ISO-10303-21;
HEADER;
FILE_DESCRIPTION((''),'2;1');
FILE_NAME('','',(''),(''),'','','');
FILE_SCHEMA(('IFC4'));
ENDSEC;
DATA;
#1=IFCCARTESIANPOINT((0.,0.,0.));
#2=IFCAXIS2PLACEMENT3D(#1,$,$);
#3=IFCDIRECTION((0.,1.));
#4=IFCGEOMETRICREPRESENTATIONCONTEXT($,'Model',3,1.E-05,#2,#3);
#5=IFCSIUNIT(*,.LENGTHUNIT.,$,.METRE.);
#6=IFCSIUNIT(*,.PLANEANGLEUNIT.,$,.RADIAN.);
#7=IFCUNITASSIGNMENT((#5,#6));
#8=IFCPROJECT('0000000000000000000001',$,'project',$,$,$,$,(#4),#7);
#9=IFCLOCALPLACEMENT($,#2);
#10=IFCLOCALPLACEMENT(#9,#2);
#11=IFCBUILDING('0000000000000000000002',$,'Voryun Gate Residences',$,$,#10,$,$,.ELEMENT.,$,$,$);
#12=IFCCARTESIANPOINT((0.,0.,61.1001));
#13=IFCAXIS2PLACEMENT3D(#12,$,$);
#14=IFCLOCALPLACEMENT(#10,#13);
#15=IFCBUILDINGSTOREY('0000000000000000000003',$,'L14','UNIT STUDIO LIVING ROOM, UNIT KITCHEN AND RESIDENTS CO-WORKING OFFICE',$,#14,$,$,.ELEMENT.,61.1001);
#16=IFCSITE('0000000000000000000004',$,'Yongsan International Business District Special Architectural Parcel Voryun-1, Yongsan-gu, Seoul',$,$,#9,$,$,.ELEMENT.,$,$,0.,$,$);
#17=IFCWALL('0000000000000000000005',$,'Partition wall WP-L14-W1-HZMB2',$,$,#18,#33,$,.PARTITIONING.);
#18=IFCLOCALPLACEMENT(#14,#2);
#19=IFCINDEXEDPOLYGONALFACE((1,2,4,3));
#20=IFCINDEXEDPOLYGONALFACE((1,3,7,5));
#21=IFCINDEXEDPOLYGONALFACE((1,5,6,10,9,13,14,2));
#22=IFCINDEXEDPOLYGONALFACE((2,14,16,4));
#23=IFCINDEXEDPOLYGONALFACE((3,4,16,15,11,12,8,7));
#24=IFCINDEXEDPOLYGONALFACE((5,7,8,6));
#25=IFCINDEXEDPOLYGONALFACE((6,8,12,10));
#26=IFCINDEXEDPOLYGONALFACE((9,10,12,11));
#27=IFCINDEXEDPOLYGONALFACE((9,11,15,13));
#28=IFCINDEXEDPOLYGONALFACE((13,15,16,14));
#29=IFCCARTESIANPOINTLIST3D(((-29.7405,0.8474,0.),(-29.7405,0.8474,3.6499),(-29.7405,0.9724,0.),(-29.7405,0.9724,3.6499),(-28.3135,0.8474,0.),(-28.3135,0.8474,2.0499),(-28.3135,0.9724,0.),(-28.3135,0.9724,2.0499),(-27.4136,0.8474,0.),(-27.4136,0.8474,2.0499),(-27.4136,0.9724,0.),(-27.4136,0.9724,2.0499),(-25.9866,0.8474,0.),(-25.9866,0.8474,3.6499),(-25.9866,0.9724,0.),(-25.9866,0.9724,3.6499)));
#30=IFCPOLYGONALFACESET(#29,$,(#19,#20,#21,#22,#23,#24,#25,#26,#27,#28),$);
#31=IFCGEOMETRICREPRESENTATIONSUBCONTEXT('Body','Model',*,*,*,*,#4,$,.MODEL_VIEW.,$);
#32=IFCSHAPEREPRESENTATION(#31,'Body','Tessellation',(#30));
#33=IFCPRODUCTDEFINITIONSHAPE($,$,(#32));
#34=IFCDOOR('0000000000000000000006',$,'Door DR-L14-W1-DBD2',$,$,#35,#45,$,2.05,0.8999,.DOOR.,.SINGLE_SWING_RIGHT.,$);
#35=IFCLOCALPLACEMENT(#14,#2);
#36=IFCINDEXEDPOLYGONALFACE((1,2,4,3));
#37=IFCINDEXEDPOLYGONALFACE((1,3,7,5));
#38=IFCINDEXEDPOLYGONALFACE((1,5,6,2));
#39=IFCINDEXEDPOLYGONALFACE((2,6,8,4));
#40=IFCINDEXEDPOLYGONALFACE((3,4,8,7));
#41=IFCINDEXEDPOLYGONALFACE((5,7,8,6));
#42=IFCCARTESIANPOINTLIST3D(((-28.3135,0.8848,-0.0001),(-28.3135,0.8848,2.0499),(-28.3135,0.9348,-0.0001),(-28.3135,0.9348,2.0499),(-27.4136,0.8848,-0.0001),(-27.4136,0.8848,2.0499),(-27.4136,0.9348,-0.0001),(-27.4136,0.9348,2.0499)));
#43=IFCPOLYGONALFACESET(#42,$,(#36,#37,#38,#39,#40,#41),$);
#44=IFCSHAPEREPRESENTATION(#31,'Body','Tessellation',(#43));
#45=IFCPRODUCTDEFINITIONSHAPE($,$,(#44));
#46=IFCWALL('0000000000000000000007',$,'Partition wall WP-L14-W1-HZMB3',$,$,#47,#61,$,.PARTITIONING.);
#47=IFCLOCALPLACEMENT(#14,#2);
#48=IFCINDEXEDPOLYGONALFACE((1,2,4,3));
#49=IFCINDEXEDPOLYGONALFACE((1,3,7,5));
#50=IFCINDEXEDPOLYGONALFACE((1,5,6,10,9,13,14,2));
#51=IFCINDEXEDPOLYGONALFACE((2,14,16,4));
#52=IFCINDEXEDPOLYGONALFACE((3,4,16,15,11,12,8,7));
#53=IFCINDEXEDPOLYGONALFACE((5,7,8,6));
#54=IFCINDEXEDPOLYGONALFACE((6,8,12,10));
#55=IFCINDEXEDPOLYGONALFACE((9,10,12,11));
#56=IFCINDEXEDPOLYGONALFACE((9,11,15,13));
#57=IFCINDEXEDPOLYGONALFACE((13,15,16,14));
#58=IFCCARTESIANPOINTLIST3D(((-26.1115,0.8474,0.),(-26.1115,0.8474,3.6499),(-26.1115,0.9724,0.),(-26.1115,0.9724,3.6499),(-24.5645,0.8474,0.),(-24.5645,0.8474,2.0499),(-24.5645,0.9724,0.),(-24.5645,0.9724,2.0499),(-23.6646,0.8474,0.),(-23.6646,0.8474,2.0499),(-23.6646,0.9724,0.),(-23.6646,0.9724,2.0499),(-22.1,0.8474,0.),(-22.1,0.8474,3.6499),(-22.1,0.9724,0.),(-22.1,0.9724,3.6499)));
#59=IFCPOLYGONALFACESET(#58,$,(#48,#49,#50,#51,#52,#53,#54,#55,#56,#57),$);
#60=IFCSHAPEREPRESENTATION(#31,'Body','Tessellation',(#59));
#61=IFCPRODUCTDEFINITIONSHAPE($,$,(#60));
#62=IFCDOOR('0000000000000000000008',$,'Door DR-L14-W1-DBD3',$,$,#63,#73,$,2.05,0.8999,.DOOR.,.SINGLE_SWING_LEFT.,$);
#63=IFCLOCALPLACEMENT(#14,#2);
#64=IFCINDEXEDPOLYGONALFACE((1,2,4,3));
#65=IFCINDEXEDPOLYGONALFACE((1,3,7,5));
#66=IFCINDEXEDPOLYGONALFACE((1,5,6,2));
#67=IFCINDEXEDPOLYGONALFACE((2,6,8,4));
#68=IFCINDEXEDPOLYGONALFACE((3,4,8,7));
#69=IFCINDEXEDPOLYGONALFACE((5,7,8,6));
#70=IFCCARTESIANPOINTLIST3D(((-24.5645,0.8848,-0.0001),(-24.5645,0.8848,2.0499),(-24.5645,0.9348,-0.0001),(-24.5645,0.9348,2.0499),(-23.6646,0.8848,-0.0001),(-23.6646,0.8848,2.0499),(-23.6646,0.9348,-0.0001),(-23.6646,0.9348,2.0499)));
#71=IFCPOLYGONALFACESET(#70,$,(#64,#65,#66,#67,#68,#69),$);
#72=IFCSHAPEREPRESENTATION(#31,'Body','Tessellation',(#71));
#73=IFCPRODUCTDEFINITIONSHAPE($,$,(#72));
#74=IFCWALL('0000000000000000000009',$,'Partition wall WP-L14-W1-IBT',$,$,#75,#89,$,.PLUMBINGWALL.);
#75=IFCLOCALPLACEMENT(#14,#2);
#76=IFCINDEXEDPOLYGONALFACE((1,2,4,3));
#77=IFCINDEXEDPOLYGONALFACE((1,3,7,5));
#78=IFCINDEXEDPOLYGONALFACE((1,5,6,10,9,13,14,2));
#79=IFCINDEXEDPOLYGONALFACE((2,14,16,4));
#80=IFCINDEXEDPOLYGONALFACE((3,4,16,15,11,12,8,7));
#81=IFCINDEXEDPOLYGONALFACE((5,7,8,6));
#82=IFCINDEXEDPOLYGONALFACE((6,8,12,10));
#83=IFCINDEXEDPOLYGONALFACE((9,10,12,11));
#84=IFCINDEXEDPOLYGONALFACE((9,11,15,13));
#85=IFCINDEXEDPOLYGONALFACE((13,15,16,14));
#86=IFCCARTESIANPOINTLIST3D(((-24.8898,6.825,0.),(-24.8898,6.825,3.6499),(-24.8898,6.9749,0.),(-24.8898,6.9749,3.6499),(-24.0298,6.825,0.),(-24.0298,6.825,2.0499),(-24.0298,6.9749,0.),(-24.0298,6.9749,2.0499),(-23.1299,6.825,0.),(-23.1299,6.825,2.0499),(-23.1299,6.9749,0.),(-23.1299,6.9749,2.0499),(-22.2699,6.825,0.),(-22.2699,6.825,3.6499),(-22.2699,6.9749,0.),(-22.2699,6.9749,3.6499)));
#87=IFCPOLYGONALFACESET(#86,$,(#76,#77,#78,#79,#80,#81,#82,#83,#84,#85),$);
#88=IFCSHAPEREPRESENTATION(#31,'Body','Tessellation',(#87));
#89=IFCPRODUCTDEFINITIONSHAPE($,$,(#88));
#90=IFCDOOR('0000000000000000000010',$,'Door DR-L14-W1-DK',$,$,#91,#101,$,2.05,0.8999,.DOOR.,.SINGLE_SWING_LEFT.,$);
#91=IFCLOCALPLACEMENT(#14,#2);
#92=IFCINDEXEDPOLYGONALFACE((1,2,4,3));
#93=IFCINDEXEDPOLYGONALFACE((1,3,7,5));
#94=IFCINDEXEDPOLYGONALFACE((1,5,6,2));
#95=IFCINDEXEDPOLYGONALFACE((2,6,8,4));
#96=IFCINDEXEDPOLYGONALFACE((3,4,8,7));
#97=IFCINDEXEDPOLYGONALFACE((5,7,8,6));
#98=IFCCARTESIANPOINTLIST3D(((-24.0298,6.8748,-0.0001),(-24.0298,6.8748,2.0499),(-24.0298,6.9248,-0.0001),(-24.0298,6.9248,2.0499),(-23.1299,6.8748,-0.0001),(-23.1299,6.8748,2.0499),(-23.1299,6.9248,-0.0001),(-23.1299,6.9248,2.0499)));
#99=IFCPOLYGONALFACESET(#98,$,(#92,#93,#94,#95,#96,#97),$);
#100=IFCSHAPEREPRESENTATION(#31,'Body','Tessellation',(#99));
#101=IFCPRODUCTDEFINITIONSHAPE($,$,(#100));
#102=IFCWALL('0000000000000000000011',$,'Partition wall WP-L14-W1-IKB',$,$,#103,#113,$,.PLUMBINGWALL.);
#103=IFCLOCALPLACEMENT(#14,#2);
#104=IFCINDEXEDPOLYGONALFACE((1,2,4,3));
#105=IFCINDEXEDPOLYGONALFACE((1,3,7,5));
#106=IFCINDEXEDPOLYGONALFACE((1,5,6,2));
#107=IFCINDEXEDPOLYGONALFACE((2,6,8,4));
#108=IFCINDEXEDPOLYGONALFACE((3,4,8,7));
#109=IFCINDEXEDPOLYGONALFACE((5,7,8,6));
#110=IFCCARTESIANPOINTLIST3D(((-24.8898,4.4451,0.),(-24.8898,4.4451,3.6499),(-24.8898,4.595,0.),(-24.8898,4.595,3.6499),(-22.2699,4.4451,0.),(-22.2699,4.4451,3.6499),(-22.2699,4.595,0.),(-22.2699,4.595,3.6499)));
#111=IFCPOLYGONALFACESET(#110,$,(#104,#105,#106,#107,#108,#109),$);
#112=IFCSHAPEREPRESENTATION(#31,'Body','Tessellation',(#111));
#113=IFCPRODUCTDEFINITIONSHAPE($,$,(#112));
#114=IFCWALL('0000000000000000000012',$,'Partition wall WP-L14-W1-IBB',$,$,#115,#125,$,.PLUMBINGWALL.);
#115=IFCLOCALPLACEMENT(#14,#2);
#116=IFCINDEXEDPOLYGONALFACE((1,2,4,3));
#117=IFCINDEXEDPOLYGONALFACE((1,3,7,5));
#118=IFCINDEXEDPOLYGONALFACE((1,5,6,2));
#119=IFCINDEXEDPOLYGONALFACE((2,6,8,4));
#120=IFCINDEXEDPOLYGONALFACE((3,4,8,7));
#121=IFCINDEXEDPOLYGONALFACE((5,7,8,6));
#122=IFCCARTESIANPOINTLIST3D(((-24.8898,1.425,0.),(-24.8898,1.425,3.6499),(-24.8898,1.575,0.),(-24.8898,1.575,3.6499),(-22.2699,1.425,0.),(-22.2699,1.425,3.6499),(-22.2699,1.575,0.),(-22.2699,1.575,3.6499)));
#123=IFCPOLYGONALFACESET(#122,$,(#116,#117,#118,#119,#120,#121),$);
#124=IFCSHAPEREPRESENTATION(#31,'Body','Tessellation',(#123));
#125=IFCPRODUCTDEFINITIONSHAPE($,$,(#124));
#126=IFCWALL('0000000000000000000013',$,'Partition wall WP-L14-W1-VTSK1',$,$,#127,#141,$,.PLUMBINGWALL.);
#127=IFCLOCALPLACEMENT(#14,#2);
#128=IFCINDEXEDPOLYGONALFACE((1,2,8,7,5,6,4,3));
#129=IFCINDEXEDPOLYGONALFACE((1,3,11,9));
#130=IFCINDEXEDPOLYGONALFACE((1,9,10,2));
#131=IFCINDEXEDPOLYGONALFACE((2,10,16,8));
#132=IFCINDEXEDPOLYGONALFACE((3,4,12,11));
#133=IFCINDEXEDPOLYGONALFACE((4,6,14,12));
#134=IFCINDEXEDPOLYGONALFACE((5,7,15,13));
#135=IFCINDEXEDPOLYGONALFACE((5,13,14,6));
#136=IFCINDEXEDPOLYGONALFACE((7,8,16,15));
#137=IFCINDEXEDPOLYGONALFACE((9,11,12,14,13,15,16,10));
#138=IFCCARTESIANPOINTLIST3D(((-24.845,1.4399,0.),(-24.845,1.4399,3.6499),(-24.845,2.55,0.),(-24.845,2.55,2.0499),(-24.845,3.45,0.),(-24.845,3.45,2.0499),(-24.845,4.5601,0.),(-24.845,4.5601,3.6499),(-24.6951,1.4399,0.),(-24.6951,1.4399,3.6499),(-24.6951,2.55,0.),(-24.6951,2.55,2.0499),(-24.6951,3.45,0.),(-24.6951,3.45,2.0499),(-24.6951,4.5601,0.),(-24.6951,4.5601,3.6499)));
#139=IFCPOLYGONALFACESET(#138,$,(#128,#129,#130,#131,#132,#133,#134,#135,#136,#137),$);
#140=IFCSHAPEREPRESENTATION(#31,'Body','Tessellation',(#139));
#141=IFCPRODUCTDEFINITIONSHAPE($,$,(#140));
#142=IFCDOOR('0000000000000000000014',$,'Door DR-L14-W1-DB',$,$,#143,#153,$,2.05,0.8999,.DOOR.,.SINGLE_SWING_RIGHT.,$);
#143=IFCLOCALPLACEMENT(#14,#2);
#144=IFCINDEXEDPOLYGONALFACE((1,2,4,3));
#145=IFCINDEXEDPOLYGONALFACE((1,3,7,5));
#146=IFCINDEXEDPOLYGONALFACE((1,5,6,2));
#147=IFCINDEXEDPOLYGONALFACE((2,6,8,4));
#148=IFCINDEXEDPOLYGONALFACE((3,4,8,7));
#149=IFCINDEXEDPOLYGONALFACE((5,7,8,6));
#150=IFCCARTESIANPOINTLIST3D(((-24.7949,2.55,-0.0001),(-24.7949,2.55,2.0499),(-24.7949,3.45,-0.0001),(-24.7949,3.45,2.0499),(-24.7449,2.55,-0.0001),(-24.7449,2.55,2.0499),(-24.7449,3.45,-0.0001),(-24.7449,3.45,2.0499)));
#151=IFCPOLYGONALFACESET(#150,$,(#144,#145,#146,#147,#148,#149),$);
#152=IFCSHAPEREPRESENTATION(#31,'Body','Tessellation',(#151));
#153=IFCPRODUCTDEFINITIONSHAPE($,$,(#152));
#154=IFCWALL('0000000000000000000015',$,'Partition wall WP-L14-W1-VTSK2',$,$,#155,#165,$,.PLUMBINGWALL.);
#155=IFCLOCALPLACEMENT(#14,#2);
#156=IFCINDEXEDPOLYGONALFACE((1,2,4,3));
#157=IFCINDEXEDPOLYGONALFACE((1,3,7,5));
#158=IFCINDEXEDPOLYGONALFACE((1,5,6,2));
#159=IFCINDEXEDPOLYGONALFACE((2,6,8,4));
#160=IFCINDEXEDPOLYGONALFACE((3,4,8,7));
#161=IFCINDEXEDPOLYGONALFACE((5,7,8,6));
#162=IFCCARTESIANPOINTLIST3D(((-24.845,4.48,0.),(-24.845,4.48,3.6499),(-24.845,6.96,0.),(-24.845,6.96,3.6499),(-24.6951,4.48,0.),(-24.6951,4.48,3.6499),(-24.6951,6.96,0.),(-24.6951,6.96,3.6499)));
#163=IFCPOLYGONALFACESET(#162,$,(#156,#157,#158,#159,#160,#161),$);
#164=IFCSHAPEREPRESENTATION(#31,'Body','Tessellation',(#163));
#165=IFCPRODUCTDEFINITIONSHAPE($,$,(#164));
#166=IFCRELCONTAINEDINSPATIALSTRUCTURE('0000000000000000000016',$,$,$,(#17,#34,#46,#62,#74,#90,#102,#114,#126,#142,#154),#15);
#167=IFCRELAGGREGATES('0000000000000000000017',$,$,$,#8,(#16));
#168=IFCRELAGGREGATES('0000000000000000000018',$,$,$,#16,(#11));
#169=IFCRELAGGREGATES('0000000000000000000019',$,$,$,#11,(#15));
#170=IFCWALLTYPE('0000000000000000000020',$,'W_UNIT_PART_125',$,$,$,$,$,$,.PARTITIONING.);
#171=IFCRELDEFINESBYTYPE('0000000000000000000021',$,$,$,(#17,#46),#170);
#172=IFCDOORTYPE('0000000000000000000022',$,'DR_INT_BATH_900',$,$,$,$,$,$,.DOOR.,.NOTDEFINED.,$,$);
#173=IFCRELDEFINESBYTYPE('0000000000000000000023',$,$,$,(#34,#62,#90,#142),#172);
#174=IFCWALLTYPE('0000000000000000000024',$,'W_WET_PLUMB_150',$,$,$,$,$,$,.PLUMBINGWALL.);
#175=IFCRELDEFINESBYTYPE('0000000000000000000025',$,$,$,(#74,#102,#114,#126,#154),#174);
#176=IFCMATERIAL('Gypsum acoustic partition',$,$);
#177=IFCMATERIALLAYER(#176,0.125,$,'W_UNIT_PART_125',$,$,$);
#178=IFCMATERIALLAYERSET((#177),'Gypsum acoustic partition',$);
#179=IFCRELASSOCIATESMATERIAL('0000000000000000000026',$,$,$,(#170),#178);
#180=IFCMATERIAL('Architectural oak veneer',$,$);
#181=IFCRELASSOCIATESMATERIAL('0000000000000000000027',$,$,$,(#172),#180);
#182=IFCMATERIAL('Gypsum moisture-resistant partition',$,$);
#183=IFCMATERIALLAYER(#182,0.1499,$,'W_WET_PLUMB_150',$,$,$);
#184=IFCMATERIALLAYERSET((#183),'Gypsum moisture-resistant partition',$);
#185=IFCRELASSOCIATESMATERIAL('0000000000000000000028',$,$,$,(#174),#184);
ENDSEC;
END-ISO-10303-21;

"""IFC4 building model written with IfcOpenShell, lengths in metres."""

from ifc_helpers import new_model, si_unit, direction, frame, frame_2d, origin, place, context, subcontext, project, spatial, rectangle, extrude, material, layer, layer_set, type_object, element, fill, save


model = new_model("IFC4")

# Units and contexts
model_context = context("Model", 3, precision=1e-05, world=origin(), true_north=direction((0.0, 1.0)))
body_context = subcontext(model_context, "Body", "Model", "MODEL_VIEW")
ifc_project = project(units=[si_unit("LENGTHUNIT", "METRE"), si_unit("PLANEANGLEUNIT", "RADIAN")], contexts=[model_context])

# Site, building, storey
site_placement = place(None, origin())
site = spatial("IfcSite", under=ifc_project, at=site_placement, Name="Yongsan International Business District Special Architectural Parcel Voryun-1, Yongsan-gu, Seoul", CompositionType="ELEMENT", RefElevation=0.0)
building_placement = place(site_placement, origin())
building = spatial("IfcBuilding", under=site, at=building_placement, Name="Voryun Gate Residences", CompositionType="ELEMENT")
storey_placement = place(building_placement, frame((0.0, 0.0, 61.1001)))
storey = spatial("IfcBuildingStorey", under=building, at=storey_placement, Name="L14", Description="UNIT STUDIO LIVING ROOM, UNIT KITCHEN AND RESIDENTS CO-WORKING OFFICE", CompositionType="ELEMENT", Elevation=61.1001)

# Walls, openings, doors
ifc_material_1 = material(Name="Gypsum acoustic partition")
ifc_layer_1 = layer(ifc_material_1, 0.125, Name="W_UNIT_PART_125")
ifc_layer_set_1 = layer_set([ifc_layer_1], Name="Gypsum acoustic partition")
wall_type_1 = type_object("IfcWallType", Name="W_UNIT_PART_125", PredefinedType="PARTITIONING", material=ifc_layer_set_1)
ifc_material_2 = material(Name="Architectural oak veneer")
door_type = type_object("IfcDoorType", Name="DR_INT_BATH_900", OperationType="NOTDEFINED", PredefinedType="DOOR", material=ifc_material_2)
wall_1_placement = place(storey_placement, frame((-29.7405, 0.9099, 0.0), z_axis=(0.0, 0.0, 1.0), x_axis=(1.0, 0.0, 0.0)))
wall_1 = element("IfcWall", 1, at=wall_1_placement, inside=storey, type_object=wall_type_1, Name="Partition wall WP-L14-W1-HZMB2", PredefinedType="PARTITIONING", context=body_context, shape_type="SweptSolid", body=[
    extrude(rectangle(XDim=3.7539, YDim=0.125, at=frame_2d((1.877, 0.0))), origin(), (0.0, 0.0, 1.0), 3.6499),
])
opening_1_placement = place(wall_1_placement, frame((1.427, 0.0, 0.0)))
opening_1 = element("IfcOpeningElement", 2, at=opening_1_placement, cuts=wall_1, PredefinedType="OPENING", context=body_context, shape_type="SweptSolid", body=[
    extrude(rectangle(XDim=0.8999, YDim=2.05, at=frame_2d((0.45, 1.0249))), frame((0.0, 0.0725, 0.0), z_axis=(0.0, -1.0, 0.0), x_axis=(1.0, 0.0, 0.0)), (0.0, 0.0, 1.0), 0.145),
])
door_1_placement = place(opening_1_placement, origin())
door_1 = element("IfcDoor", 3, at=door_1_placement, inside=storey, type_object=door_type, Name="Door DR-L14-W1-DBD2", OperationType="SINGLE_SWING_RIGHT", OverallHeight=2.05, OverallWidth=0.8999, PredefinedType="DOOR", context=body_context, shape_type="SweptSolid", body=[
    extrude(rectangle(XDim=0.8999, YDim=2.05, at=frame_2d((0.45, 1.0249))), frame((0.0, 0.0249, 0.0), z_axis=(0.0, -1.0, 0.0), x_axis=(1.0, 0.0, 0.0)), (0.0, 0.0, 1.0), 0.05),
])
fill(opening_1, door_1)
wall_2_placement = place(storey_placement, frame((-26.1116, 0.9099, 0.0), z_axis=(0.0, 0.0, 1.0), x_axis=(1.0, 0.0, 0.0)))
wall_2 = element("IfcWall", 4, at=wall_2_placement, inside=storey, type_object=wall_type_1, Name="Partition wall WP-L14-W1-HZMB3", PredefinedType="PARTITIONING", context=body_context, shape_type="SweptSolid", body=[
    extrude(rectangle(XDim=4.0115, YDim=0.125, at=frame_2d((2.0059, 0.0))), origin(), (0.0, 0.0, 1.0), 3.6499),
])
opening_2_placement = place(wall_2_placement, frame((1.5471, 0.0, 0.0)))
opening_2 = element("IfcOpeningElement", 5, at=opening_2_placement, cuts=wall_2, PredefinedType="OPENING", context=body_context, shape_type="SweptSolid", body=[
    extrude(rectangle(XDim=0.8999, YDim=2.05, at=frame_2d((0.45, 1.0249))), frame((0.0, 0.0725, 0.0), z_axis=(0.0, -1.0, 0.0), x_axis=(1.0, 0.0, 0.0)), (0.0, 0.0, 1.0), 0.145),
])
door_2_placement = place(opening_2_placement, origin())
door_2 = element("IfcDoor", 6, at=door_2_placement, inside=storey, type_object=door_type, Name="Door DR-L14-W1-DBD3", OperationType="SINGLE_SWING_LEFT", OverallHeight=2.05, OverallWidth=0.8999, PredefinedType="DOOR", context=body_context, shape_type="SweptSolid", body=[
    extrude(rectangle(XDim=0.8999, YDim=2.05, at=frame_2d((0.45, 1.0249))), frame((0.0, 0.0249, 0.0), z_axis=(0.0, -1.0, 0.0), x_axis=(1.0, 0.0, 0.0)), (0.0, 0.0, 1.0), 0.05),
])
fill(opening_2, door_2)
ifc_material_3 = material(Name="Gypsum moisture-resistant partition")
ifc_layer_2 = layer(ifc_material_3, 0.1499, Name="W_WET_PLUMB_150")
ifc_layer_set_2 = layer_set([ifc_layer_2], Name="Gypsum moisture-resistant partition")
wall_type_2 = type_object("IfcWallType", Name="W_WET_PLUMB_150", PredefinedType="PLUMBINGWALL", material=ifc_layer_set_2)
wall_3_placement = place(storey_placement, frame((-24.8899, 6.8999, 0.0), z_axis=(0.0, 0.0, 1.0), x_axis=(1.0, 0.0, 0.0)))
wall_3 = element("IfcWall", 7, at=wall_3_placement, inside=storey, type_object=wall_type_2, Name="Partition wall WP-L14-W1-IBT", PredefinedType="PLUMBINGWALL", context=body_context, shape_type="SweptSolid", body=[
    extrude(rectangle(XDim=2.6199, YDim=0.1499, at=frame_2d((1.3101, 0.0))), origin(), (0.0, 0.0, 1.0), 3.6499),
])
opening_3_placement = place(wall_3_placement, frame((0.8601, 0.0, 0.0)))
opening_3 = element("IfcOpeningElement", 8, at=opening_3_placement, cuts=wall_3, PredefinedType="OPENING", context=body_context, shape_type="SweptSolid", body=[
    extrude(rectangle(XDim=0.8999, YDim=2.05, at=frame_2d((0.45, 1.0249))), frame((0.0, 0.085, 0.0), z_axis=(0.0, -1.0, 0.0), x_axis=(1.0, 0.0, 0.0)), (0.0, 0.0, 1.0), 0.1699),
])
door_3_placement = place(opening_3_placement, origin())
door_3 = element("IfcDoor", 9, at=door_3_placement, inside=storey, type_object=door_type, Name="Door DR-L14-W1-DK", OperationType="SINGLE_SWING_LEFT", OverallHeight=2.05, OverallWidth=0.8999, PredefinedType="DOOR", context=body_context, shape_type="SweptSolid", body=[
    extrude(rectangle(XDim=0.8999, YDim=2.05, at=frame_2d((0.45, 1.0249))), frame((0.0, 0.0249, 0.0), z_axis=(0.0, -1.0, 0.0), x_axis=(1.0, 0.0, 0.0)), (0.0, 0.0, 1.0), 0.05),
])
fill(opening_3, door_3)

# Walls
for number, where, z_axis, x_axis, name in (
    (10, (-24.8899, 4.52, 0.0), (0.0, 0.0, 1.0), (1.0, 0.0, 0.0), "Partition wall WP-L14-W1-IKB"),
    (11, (-24.8899, 1.5, 0.0), (0.0, 0.0, 1.0), (1.0, 0.0, 0.0), "Partition wall WP-L14-W1-IBB"),
):
    element("IfcWall", number, at=place(storey_placement, frame(where, z_axis=z_axis, x_axis=x_axis)), inside=storey, type_object=wall_type_2, Name=name, PredefinedType="PLUMBINGWALL", context=body_context, shape_type="SweptSolid", body=[
        extrude(rectangle(XDim=2.6199, YDim=0.1499, at=frame_2d((1.3101, 0.0))), origin(), (0.0, 0.0, 1.0), 3.6499),
    ])

# Wall, opening, door
wall_4_placement = place(storey_placement, frame((-24.77, 1.4399, 0.0), z_axis=(0.0, 0.0, 1.0), x_axis=(0.0, 1.0, 0.0)))
wall_4 = element("IfcWall", 12, at=wall_4_placement, inside=storey, type_object=wall_type_2, Name="Partition wall WP-L14-W1-VTSK1", PredefinedType="PLUMBINGWALL", context=body_context, shape_type="SweptSolid", body=[
    extrude(rectangle(XDim=3.1201, YDim=0.1499, at=frame_2d((1.5601, 0.0))), origin(), (0.0, 0.0, 1.0), 3.6499),
])
opening_4_placement = place(wall_4_placement, frame((1.1101, 0.0, 0.0)))
opening_4 = element("IfcOpeningElement", 13, at=opening_4_placement, cuts=wall_4, PredefinedType="OPENING", context=body_context, shape_type="SweptSolid", body=[
    extrude(rectangle(XDim=0.8999, YDim=2.05, at=frame_2d((0.45, 1.0249))), frame((0.0, 0.085, 0.0), z_axis=(0.0, -1.0, 0.0), x_axis=(1.0, 0.0, 0.0)), (0.0, 0.0, 1.0), 0.1699),
])
door_4_placement = place(opening_4_placement, origin())
door_4 = element("IfcDoor", 14, at=door_4_placement, inside=storey, type_object=door_type, Name="Door DR-L14-W1-DB", OperationType="SINGLE_SWING_RIGHT", OverallHeight=2.05, OverallWidth=0.8999, PredefinedType="DOOR", context=body_context, shape_type="SweptSolid", body=[
    extrude(rectangle(XDim=0.8999, YDim=2.05, at=frame_2d((0.45, 1.0249))), frame((0.0, 0.0249, 0.0), z_axis=(0.0, -1.0, 0.0), x_axis=(1.0, 0.0, 0.0)), (0.0, 0.0, 1.0), 0.05),
])
fill(opening_4, door_4)

# Wall
wall_5_placement = place(storey_placement, frame((-24.77, 4.48, 0.0), z_axis=(0.0, 0.0, 1.0), x_axis=(0.0, 1.0, 0.0)))
element("IfcWall", 15, at=wall_5_placement, inside=storey, type_object=wall_type_2, Name="Partition wall WP-L14-W1-VTSK2", PredefinedType="PLUMBINGWALL", context=body_context, shape_type="SweptSolid", body=[
    extrude(rectangle(XDim=2.48, YDim=0.1499, at=frame_2d((1.24, 0.0))), origin(), (0.0, 0.0, 1.0), 3.6499),
])

save(model, "model.ifc")
